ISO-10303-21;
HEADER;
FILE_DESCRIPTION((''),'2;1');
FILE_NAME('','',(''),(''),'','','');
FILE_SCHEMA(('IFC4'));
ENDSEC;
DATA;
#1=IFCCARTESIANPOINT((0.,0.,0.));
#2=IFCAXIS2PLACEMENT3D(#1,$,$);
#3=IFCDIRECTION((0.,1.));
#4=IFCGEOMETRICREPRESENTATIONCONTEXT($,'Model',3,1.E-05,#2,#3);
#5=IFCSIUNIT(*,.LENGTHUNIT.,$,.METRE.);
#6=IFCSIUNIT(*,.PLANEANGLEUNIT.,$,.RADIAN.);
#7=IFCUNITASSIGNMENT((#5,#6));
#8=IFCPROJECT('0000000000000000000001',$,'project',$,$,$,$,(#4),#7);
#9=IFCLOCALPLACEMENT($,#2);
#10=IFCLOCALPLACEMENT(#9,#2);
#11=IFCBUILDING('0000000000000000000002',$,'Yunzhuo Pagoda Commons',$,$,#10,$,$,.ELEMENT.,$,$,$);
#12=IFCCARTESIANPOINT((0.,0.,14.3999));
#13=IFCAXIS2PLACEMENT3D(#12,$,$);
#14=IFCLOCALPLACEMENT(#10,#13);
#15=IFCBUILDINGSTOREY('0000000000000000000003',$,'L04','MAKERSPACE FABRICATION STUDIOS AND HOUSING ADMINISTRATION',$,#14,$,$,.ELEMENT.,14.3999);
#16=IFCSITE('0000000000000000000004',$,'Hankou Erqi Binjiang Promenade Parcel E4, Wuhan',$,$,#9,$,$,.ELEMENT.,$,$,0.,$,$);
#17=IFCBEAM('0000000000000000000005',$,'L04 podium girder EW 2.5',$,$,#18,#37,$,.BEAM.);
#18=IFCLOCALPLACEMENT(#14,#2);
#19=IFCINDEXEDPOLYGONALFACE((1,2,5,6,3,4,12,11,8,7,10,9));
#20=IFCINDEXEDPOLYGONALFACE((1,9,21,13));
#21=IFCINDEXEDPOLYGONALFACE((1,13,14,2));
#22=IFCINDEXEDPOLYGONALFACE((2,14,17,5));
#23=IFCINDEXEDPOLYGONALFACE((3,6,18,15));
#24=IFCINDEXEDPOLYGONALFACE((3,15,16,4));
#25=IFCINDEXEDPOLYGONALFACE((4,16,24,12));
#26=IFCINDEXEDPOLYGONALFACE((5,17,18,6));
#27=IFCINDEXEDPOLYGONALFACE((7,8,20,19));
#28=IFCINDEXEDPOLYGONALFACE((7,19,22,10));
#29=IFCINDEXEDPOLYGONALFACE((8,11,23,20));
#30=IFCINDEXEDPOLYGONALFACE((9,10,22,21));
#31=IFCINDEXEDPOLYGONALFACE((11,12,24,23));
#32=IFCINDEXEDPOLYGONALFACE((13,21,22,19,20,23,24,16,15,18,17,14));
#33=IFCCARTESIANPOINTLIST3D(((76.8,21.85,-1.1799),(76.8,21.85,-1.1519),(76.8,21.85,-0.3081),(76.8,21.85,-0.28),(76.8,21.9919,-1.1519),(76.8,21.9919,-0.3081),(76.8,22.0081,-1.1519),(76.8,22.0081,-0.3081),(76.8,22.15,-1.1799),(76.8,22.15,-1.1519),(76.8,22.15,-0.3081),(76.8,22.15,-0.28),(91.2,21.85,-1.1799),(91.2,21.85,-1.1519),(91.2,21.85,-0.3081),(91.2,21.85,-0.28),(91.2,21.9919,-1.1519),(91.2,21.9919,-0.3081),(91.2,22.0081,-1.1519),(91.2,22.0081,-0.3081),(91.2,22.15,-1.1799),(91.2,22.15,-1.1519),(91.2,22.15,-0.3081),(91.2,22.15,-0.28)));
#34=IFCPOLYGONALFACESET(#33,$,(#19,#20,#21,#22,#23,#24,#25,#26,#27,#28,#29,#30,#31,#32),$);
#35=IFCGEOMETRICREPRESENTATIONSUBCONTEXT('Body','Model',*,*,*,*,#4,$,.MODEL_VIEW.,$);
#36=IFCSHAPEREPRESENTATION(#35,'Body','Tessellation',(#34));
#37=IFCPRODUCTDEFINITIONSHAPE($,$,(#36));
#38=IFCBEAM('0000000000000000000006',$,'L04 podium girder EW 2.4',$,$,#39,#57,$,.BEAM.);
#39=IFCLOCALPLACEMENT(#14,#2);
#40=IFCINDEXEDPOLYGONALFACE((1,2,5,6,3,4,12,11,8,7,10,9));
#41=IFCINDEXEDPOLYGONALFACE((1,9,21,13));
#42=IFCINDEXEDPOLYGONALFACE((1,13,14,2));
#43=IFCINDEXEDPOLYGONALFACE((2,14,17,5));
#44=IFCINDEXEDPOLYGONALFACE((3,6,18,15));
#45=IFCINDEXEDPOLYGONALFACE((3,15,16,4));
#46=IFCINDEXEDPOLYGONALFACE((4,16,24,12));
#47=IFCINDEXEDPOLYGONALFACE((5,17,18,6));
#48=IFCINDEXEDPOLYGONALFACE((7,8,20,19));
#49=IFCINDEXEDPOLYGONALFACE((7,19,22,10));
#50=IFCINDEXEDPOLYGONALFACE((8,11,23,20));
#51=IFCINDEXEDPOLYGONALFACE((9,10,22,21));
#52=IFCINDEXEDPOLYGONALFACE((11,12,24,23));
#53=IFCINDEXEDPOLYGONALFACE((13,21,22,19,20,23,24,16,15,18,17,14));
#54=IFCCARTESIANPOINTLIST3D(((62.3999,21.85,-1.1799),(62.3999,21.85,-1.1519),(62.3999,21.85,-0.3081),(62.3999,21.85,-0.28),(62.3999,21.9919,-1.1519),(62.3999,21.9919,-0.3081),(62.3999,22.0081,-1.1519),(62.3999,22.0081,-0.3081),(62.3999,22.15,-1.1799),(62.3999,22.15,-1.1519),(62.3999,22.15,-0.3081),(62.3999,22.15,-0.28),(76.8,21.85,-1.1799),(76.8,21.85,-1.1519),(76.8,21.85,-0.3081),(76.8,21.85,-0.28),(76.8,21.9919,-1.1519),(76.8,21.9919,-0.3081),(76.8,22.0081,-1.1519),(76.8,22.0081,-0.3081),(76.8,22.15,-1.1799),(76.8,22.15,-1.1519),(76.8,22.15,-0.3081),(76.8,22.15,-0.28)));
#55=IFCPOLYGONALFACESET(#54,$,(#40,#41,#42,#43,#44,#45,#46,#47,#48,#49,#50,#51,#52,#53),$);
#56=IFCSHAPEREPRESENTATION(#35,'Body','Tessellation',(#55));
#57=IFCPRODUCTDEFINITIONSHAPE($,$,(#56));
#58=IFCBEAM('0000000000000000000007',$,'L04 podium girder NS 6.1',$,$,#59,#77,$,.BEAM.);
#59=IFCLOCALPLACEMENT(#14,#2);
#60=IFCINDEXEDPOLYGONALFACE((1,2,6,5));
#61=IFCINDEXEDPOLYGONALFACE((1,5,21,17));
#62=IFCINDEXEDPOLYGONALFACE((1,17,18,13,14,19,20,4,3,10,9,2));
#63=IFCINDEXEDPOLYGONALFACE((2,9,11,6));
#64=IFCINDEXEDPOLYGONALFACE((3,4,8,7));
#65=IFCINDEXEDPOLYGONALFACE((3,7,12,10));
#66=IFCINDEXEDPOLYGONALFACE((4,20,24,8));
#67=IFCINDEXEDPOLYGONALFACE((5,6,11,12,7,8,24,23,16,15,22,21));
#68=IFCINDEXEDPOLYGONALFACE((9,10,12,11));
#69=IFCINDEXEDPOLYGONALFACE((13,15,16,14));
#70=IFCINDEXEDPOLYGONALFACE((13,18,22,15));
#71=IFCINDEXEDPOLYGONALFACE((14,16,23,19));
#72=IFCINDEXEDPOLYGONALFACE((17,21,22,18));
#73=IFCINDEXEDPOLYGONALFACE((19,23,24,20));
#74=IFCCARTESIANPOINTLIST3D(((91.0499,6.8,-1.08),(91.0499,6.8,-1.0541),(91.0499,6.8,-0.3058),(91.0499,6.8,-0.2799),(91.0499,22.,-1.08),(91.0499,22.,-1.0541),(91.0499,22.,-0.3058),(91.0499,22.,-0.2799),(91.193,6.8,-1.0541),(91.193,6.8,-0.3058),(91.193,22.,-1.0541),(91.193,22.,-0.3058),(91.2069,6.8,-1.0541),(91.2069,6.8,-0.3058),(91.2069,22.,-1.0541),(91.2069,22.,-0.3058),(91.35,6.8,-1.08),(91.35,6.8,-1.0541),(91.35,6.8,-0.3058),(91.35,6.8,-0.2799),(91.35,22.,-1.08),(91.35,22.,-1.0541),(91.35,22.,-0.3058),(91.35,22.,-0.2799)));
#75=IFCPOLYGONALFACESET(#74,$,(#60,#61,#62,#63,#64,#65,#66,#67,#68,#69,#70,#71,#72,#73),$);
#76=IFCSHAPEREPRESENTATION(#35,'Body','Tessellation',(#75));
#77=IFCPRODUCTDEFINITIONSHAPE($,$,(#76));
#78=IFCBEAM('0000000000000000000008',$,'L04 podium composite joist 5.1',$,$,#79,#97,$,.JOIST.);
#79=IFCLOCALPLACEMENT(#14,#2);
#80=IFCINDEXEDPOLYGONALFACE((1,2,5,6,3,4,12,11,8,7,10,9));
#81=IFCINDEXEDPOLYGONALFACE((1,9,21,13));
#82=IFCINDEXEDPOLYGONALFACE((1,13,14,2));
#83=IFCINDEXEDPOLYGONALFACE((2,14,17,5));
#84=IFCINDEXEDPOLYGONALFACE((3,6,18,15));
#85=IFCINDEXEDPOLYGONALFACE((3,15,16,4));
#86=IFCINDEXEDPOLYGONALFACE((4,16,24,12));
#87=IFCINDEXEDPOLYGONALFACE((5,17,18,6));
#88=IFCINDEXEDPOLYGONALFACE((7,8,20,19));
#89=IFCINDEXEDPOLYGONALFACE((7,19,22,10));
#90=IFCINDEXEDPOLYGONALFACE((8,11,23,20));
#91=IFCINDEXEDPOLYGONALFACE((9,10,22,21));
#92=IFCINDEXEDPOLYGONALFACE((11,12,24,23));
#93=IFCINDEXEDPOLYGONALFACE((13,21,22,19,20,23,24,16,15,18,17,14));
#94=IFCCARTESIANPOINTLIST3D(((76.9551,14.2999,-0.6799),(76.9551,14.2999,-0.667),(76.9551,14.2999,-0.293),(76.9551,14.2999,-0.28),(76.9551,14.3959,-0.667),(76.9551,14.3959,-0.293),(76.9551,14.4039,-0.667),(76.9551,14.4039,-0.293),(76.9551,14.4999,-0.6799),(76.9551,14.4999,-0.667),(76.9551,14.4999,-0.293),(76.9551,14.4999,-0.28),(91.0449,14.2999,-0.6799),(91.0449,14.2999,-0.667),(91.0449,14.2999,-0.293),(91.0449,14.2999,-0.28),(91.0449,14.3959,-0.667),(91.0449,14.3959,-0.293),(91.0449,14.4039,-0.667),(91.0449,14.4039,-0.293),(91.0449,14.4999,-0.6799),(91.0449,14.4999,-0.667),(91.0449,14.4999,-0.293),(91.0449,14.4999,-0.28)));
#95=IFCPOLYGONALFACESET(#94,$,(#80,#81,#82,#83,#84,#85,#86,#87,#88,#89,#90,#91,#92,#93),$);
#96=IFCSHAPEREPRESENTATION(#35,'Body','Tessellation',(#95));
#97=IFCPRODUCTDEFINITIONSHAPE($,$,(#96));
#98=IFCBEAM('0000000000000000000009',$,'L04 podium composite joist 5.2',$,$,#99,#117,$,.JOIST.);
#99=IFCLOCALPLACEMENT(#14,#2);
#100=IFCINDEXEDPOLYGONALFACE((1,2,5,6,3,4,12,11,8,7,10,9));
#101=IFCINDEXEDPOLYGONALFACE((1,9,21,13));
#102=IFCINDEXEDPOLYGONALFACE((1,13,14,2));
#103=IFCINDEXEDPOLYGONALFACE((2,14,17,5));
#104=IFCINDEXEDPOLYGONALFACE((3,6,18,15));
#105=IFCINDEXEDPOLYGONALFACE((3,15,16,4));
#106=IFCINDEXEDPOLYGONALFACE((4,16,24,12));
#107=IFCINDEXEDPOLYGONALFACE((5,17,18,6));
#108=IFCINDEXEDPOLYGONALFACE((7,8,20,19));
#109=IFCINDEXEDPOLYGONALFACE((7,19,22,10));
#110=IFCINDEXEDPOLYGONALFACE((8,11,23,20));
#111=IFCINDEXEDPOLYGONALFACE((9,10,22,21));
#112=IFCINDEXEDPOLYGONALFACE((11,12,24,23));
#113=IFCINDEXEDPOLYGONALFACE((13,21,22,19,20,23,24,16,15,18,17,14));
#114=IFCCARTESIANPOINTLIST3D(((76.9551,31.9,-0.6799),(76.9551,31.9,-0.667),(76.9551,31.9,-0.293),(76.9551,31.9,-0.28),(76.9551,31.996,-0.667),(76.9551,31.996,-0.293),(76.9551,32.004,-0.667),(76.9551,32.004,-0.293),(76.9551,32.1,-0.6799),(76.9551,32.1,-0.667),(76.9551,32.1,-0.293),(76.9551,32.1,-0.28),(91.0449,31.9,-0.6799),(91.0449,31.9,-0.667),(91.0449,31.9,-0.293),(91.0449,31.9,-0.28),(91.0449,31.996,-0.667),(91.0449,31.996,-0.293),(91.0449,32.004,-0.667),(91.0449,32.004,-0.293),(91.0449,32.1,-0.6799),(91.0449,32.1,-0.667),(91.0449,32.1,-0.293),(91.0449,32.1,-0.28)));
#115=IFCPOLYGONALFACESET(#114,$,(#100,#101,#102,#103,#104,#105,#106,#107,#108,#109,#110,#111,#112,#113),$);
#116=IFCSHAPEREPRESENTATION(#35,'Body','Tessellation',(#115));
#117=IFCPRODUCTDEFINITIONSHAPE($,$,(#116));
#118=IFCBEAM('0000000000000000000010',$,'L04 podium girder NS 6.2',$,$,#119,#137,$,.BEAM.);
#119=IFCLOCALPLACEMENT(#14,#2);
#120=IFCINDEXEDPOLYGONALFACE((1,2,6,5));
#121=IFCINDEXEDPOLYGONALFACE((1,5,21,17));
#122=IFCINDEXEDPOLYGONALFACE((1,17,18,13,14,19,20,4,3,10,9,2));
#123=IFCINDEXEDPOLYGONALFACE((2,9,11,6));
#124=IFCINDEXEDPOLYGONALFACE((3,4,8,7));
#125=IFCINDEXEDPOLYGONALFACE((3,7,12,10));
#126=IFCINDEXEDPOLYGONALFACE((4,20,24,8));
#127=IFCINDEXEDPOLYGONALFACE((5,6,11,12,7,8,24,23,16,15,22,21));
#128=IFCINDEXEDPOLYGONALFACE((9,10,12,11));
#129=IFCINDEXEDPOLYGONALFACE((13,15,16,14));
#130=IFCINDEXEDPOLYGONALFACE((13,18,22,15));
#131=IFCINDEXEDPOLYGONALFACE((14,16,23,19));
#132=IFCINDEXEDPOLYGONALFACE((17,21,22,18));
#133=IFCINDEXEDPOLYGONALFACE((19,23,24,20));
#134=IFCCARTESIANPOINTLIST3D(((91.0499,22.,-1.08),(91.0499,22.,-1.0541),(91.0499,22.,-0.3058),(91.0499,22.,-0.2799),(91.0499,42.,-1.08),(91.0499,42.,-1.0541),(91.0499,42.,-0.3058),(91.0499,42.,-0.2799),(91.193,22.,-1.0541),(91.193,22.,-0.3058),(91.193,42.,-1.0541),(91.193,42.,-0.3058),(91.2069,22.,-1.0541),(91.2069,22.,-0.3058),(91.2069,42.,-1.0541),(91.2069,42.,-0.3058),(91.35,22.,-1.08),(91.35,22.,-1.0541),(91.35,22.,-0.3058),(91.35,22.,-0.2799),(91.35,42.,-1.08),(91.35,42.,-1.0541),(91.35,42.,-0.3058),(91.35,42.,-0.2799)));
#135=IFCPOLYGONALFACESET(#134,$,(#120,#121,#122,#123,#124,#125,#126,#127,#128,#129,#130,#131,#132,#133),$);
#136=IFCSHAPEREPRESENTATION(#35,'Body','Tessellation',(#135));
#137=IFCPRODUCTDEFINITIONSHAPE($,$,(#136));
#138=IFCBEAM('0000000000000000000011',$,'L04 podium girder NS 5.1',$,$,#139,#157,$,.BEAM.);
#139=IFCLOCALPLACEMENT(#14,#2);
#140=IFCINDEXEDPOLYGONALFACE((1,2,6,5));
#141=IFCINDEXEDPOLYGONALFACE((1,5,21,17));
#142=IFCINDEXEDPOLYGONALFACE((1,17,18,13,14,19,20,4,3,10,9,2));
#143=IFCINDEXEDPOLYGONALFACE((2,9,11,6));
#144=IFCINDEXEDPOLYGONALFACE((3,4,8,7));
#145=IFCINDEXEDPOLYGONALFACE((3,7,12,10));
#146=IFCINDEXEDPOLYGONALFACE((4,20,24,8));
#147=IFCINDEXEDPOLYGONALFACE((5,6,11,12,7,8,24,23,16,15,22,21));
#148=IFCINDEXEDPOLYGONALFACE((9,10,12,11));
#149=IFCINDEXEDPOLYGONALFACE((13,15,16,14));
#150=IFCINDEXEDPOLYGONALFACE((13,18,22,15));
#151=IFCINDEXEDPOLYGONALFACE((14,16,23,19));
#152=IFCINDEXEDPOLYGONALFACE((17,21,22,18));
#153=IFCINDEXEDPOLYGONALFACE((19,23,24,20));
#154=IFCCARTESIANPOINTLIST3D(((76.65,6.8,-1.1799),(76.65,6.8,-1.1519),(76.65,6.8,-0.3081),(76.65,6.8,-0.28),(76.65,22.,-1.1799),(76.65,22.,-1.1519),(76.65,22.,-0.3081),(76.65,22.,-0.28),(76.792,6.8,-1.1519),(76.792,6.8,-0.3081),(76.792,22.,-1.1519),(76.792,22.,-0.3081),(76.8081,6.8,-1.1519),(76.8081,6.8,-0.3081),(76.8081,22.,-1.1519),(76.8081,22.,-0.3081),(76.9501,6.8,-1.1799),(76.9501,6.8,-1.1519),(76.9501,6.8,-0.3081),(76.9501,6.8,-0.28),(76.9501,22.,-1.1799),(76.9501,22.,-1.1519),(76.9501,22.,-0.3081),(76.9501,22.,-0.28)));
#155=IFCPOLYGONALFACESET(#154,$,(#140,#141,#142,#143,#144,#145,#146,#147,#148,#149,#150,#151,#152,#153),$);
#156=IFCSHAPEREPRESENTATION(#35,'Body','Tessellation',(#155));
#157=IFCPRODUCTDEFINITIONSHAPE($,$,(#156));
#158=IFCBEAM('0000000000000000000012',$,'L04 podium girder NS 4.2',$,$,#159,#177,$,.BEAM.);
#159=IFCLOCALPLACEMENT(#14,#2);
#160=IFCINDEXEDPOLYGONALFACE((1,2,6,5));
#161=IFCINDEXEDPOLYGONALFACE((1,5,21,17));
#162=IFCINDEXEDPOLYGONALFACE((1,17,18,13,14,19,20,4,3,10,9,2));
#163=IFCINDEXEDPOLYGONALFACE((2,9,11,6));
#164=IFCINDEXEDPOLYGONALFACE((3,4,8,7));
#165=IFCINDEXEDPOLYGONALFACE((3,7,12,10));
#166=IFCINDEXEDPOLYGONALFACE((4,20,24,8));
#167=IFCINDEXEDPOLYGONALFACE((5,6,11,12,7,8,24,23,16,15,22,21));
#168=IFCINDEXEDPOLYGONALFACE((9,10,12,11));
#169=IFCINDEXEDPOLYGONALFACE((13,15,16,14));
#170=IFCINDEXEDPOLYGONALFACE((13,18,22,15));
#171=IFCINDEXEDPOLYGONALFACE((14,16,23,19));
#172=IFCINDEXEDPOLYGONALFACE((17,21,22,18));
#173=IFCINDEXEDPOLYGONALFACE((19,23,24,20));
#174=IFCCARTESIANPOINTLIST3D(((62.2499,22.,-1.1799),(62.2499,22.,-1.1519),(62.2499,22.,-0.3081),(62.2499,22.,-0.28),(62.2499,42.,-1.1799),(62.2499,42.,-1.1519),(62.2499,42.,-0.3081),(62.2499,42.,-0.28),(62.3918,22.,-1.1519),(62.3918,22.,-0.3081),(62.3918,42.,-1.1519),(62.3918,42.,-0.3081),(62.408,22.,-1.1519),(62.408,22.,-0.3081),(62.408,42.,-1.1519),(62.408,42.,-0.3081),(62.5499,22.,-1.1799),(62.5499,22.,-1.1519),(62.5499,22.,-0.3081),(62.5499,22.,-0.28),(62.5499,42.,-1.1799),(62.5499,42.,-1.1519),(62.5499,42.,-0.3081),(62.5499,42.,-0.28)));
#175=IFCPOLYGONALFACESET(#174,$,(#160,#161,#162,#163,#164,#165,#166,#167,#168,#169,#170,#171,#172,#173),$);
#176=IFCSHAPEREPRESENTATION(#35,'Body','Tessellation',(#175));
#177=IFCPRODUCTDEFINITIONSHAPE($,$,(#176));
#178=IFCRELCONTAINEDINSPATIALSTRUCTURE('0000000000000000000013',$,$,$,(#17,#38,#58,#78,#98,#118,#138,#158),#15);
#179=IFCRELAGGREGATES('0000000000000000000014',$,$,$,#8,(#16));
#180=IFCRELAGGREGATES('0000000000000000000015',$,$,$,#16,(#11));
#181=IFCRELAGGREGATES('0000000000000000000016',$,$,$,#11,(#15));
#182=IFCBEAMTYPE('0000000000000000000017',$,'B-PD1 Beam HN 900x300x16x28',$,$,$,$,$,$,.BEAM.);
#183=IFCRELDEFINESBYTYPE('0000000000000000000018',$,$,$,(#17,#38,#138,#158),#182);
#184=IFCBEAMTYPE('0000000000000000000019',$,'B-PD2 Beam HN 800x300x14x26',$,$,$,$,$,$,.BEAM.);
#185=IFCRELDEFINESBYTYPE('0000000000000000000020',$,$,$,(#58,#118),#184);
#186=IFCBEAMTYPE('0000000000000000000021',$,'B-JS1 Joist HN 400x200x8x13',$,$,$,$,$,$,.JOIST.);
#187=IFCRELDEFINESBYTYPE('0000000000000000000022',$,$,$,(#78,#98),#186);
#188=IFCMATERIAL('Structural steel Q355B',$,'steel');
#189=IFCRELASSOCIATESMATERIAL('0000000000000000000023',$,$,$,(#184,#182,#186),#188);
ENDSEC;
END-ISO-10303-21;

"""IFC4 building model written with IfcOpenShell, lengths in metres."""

from ifc_helpers import new_model, si_unit, direction, frame, origin, origin_2d, place, context, subcontext, project, spatial, i_section, extrude, source, transform, mapped, material, material_profile, profile_set, type_object, element, save


model = new_model("IFC4")

# Units and contexts
model_context = context("Model", 3, precision=1e-05, world=origin(), true_north=direction((0.0, 1.0)))
body_context = subcontext(model_context, "Body", "Model", "MODEL_VIEW")
ifc_project = project(units=[si_unit("LENGTHUNIT", "METRE"), si_unit("PLANEANGLEUNIT", "RADIAN")], contexts=[model_context])

# Site, building, storey
site_placement = place(None, origin())
site = spatial("IfcSite", under=ifc_project, at=site_placement, Name="Hankou Erqi Binjiang Promenade Parcel E4, Wuhan", CompositionType="ELEMENT", RefElevation=0.0)
building_placement = place(site_placement, origin())
building = spatial("IfcBuilding", under=site, at=building_placement, Name="Yunzhuo Pagoda Commons", CompositionType="ELEMENT")
storey_placement = place(building_placement, frame((0.0, 0.0, 14.3999)))
storey = spatial("IfcBuildingStorey", under=building, at=storey_placement, Name="L04", Description="MAKERSPACE FABRICATION STUDIOS AND HOUSING ADMINISTRATION", CompositionType="ELEMENT", Elevation=14.3999)

# Beams
ifc_material_1 = material(Name="Structural steel Q355B", Category="steel")
ifc_material_profile_1 = material_profile(ifc_material_1, i_section(OverallWidth=0.3, OverallDepth=0.8, WebThickness=0.0139, FlangeThickness=0.0259, at=origin_2d()), Name="Structural steel Q355B")
ifc_profile_set_1 = profile_set([ifc_material_profile_1], Name="Structural steel Q355B")
beam_type_1 = type_object("IfcBeamType", Name="B-PD2 Beam HN 800x300x14x26", PredefinedType="BEAM", material=ifc_profile_set_1)
ifc_material_profile_2 = material_profile(ifc_material_1, i_section(OverallWidth=0.3, OverallDepth=0.8999, WebThickness=0.0161, FlangeThickness=0.0281, at=origin_2d()), Name="Structural steel Q355B")
ifc_profile_set_2 = profile_set([ifc_material_profile_2], Name="Structural steel Q355B")
beam_type_2 = type_object("IfcBeamType", Name="B-PD1 Beam HN 900x300x16x28", PredefinedType="BEAM", material=ifc_profile_set_2)
shared_shape_1 = source(origin(), body_context, "Body", "SweptSolid", [
    extrude(i_section(OverallWidth=0.3, OverallDepth=0.8999, WebThickness=0.0161, FlangeThickness=0.0281, at=origin_2d()), origin(), (0.0, 0.0, 1.0), 14.3999),
])
beam_1_placement = place(storey_placement, frame((76.8, 22.0, -0.73), z_axis=(1.0, 0.0, 0.0), x_axis=(0.0, 1.0, 0.0)))
element("IfcBeam", 1, at=beam_1_placement, inside=storey, type_object=beam_type_2, Name="L04 podium girder EW 2.5", PredefinedType="BEAM", context=body_context, shape_type="MappedRepresentation", body=[
    mapped(shared_shape_1, transform((0.0, 0.0, 0.0), scale=1.0)),
])
shared_shape_2 = source(origin(), body_context, "Body", "SweptSolid", [
    extrude(i_section(OverallWidth=0.3, OverallDepth=0.8999, WebThickness=0.0161, FlangeThickness=0.0281, at=origin_2d()), origin(), (0.0, 0.0, 1.0), 14.4001),
])
beam_2_placement = place(storey_placement, frame((62.3999, 22.0, -0.73), z_axis=(1.0, 0.0, 0.0), x_axis=(0.0, 1.0, 0.0)))
element("IfcBeam", 2, at=beam_2_placement, inside=storey, type_object=beam_type_2, Name="L04 podium girder EW 2.4", PredefinedType="BEAM", context=body_context, shape_type="MappedRepresentation", body=[
    mapped(shared_shape_2, transform((0.0, 0.0, 0.0), scale=1.0)),
])
shared_shape_3 = source(origin(), body_context, "Body", "SweptSolid", [
    extrude(i_section(OverallWidth=0.3, OverallDepth=0.8, WebThickness=0.0139, FlangeThickness=0.0259, at=origin_2d()), origin(), (0.0, 0.0, 1.0), 15.2),
])
beam_3_placement = place(storey_placement, frame((91.2, 6.8, -0.6799), z_axis=(0.0, 1.0, 0.0), x_axis=(-1.0, 0.0, 0.0)))
element("IfcBeam", 3, at=beam_3_placement, inside=storey, type_object=beam_type_1, Name="L04 podium girder NS 6.1", PredefinedType="BEAM", context=body_context, shape_type="MappedRepresentation", body=[
    mapped(shared_shape_3, transform((0.0, 0.0, 0.0), scale=1.0)),
])
ifc_material_profile_3 = material_profile(ifc_material_1, i_section(OverallWidth=0.2, OverallDepth=0.3999, WebThickness=0.0081, FlangeThickness=0.0129, at=origin_2d()), Name="Structural steel Q355B")
ifc_profile_set_3 = profile_set([ifc_material_profile_3], Name="Structural steel Q355B")
beam_type_3 = type_object("IfcBeamType", Name="B-JS1 Joist HN 400x200x8x13", PredefinedType="JOIST", material=ifc_profile_set_3)
shared_shape_4 = source(origin(), body_context, "Body", "SweptSolid", [
    extrude(i_section(OverallWidth=0.2, OverallDepth=0.3999, WebThickness=0.0081, FlangeThickness=0.0129, at=origin_2d()), origin(), (0.0, 0.0, 1.0), 14.0898),
])
for number, where, z_axis, x_axis, name in (
    (4, (76.9551, 14.3999, -0.48), (1.0, 0.0, 0.0), (0.0, 1.0, 0.0), "L04 podium composite joist 5.1"),
    (5, (76.9551, 32.0, -0.48), (1.0, 0.0, 0.0), (0.0, 1.0, 0.0), "L04 podium composite joist 5.2"),
):
    element("IfcBeam", number, at=place(storey_placement, frame(where, z_axis=z_axis, x_axis=x_axis)), inside=storey, type_object=beam_type_3, Name=name, PredefinedType="JOIST", context=body_context, shape_type="MappedRepresentation", body=[
        mapped(shared_shape_4, transform((0.0, 0.0, 0.0), scale=1.0)),
    ])
shared_shape_5 = source(origin(), body_context, "Body", "SweptSolid", [
    extrude(i_section(OverallWidth=0.3, OverallDepth=0.8, WebThickness=0.0139, FlangeThickness=0.0259, at=origin_2d()), origin(), (0.0, 0.0, 1.0), 20.0),
])
beam_4_placement = place(storey_placement, frame((91.2, 22.0, -0.6799), z_axis=(0.0, 1.0, 0.0), x_axis=(-1.0, 0.0, 0.0)))
element("IfcBeam", 6, at=beam_4_placement, inside=storey, type_object=beam_type_1, Name="L04 podium girder NS 6.2", PredefinedType="BEAM", context=body_context, shape_type="MappedRepresentation", body=[
    mapped(shared_shape_5, transform((0.0, 0.0, 0.0), scale=1.0)),
])
shared_shape_6 = source(origin(), body_context, "Body", "SweptSolid", [
    extrude(i_section(OverallWidth=0.3, OverallDepth=0.8999, WebThickness=0.0161, FlangeThickness=0.0281, at=origin_2d()), origin(), (0.0, 0.0, 1.0), 15.2),
])
beam_5_placement = place(storey_placement, frame((76.8, 6.8, -0.73), z_axis=(0.0, 1.0, 0.0), x_axis=(-1.0, 0.0, 0.0)))
element("IfcBeam", 7, at=beam_5_placement, inside=storey, type_object=beam_type_2, Name="L04 podium girder NS 5.1", PredefinedType="BEAM", context=body_context, shape_type="MappedRepresentation", body=[
    mapped(shared_shape_6, transform((0.0, 0.0, 0.0), scale=1.0)),
])
shared_shape_7 = source(origin(), body_context, "Body", "SweptSolid", [
    extrude(i_section(OverallWidth=0.3, OverallDepth=0.8999, WebThickness=0.0161, FlangeThickness=0.0281, at=origin_2d()), origin(), (0.0, 0.0, 1.0), 20.0),
])
for number, where, z_axis, x_axis, name in (
    (8, (62.3999, 22.0, -0.73), (0.0, 1.0, 0.0), (-1.0, 0.0, 0.0), "L04 podium girder NS 4.2"),
):
    element("IfcBeam", number, at=place(storey_placement, frame(where, z_axis=z_axis, x_axis=x_axis)), inside=storey, type_object=beam_type_2, Name=name, PredefinedType="BEAM", context=body_context, shape_type="MappedRepresentation", body=[
        mapped(shared_shape_7, transform((0.0, 0.0, 0.0), scale=1.0)),
    ])

save(model, "model.ifc")
